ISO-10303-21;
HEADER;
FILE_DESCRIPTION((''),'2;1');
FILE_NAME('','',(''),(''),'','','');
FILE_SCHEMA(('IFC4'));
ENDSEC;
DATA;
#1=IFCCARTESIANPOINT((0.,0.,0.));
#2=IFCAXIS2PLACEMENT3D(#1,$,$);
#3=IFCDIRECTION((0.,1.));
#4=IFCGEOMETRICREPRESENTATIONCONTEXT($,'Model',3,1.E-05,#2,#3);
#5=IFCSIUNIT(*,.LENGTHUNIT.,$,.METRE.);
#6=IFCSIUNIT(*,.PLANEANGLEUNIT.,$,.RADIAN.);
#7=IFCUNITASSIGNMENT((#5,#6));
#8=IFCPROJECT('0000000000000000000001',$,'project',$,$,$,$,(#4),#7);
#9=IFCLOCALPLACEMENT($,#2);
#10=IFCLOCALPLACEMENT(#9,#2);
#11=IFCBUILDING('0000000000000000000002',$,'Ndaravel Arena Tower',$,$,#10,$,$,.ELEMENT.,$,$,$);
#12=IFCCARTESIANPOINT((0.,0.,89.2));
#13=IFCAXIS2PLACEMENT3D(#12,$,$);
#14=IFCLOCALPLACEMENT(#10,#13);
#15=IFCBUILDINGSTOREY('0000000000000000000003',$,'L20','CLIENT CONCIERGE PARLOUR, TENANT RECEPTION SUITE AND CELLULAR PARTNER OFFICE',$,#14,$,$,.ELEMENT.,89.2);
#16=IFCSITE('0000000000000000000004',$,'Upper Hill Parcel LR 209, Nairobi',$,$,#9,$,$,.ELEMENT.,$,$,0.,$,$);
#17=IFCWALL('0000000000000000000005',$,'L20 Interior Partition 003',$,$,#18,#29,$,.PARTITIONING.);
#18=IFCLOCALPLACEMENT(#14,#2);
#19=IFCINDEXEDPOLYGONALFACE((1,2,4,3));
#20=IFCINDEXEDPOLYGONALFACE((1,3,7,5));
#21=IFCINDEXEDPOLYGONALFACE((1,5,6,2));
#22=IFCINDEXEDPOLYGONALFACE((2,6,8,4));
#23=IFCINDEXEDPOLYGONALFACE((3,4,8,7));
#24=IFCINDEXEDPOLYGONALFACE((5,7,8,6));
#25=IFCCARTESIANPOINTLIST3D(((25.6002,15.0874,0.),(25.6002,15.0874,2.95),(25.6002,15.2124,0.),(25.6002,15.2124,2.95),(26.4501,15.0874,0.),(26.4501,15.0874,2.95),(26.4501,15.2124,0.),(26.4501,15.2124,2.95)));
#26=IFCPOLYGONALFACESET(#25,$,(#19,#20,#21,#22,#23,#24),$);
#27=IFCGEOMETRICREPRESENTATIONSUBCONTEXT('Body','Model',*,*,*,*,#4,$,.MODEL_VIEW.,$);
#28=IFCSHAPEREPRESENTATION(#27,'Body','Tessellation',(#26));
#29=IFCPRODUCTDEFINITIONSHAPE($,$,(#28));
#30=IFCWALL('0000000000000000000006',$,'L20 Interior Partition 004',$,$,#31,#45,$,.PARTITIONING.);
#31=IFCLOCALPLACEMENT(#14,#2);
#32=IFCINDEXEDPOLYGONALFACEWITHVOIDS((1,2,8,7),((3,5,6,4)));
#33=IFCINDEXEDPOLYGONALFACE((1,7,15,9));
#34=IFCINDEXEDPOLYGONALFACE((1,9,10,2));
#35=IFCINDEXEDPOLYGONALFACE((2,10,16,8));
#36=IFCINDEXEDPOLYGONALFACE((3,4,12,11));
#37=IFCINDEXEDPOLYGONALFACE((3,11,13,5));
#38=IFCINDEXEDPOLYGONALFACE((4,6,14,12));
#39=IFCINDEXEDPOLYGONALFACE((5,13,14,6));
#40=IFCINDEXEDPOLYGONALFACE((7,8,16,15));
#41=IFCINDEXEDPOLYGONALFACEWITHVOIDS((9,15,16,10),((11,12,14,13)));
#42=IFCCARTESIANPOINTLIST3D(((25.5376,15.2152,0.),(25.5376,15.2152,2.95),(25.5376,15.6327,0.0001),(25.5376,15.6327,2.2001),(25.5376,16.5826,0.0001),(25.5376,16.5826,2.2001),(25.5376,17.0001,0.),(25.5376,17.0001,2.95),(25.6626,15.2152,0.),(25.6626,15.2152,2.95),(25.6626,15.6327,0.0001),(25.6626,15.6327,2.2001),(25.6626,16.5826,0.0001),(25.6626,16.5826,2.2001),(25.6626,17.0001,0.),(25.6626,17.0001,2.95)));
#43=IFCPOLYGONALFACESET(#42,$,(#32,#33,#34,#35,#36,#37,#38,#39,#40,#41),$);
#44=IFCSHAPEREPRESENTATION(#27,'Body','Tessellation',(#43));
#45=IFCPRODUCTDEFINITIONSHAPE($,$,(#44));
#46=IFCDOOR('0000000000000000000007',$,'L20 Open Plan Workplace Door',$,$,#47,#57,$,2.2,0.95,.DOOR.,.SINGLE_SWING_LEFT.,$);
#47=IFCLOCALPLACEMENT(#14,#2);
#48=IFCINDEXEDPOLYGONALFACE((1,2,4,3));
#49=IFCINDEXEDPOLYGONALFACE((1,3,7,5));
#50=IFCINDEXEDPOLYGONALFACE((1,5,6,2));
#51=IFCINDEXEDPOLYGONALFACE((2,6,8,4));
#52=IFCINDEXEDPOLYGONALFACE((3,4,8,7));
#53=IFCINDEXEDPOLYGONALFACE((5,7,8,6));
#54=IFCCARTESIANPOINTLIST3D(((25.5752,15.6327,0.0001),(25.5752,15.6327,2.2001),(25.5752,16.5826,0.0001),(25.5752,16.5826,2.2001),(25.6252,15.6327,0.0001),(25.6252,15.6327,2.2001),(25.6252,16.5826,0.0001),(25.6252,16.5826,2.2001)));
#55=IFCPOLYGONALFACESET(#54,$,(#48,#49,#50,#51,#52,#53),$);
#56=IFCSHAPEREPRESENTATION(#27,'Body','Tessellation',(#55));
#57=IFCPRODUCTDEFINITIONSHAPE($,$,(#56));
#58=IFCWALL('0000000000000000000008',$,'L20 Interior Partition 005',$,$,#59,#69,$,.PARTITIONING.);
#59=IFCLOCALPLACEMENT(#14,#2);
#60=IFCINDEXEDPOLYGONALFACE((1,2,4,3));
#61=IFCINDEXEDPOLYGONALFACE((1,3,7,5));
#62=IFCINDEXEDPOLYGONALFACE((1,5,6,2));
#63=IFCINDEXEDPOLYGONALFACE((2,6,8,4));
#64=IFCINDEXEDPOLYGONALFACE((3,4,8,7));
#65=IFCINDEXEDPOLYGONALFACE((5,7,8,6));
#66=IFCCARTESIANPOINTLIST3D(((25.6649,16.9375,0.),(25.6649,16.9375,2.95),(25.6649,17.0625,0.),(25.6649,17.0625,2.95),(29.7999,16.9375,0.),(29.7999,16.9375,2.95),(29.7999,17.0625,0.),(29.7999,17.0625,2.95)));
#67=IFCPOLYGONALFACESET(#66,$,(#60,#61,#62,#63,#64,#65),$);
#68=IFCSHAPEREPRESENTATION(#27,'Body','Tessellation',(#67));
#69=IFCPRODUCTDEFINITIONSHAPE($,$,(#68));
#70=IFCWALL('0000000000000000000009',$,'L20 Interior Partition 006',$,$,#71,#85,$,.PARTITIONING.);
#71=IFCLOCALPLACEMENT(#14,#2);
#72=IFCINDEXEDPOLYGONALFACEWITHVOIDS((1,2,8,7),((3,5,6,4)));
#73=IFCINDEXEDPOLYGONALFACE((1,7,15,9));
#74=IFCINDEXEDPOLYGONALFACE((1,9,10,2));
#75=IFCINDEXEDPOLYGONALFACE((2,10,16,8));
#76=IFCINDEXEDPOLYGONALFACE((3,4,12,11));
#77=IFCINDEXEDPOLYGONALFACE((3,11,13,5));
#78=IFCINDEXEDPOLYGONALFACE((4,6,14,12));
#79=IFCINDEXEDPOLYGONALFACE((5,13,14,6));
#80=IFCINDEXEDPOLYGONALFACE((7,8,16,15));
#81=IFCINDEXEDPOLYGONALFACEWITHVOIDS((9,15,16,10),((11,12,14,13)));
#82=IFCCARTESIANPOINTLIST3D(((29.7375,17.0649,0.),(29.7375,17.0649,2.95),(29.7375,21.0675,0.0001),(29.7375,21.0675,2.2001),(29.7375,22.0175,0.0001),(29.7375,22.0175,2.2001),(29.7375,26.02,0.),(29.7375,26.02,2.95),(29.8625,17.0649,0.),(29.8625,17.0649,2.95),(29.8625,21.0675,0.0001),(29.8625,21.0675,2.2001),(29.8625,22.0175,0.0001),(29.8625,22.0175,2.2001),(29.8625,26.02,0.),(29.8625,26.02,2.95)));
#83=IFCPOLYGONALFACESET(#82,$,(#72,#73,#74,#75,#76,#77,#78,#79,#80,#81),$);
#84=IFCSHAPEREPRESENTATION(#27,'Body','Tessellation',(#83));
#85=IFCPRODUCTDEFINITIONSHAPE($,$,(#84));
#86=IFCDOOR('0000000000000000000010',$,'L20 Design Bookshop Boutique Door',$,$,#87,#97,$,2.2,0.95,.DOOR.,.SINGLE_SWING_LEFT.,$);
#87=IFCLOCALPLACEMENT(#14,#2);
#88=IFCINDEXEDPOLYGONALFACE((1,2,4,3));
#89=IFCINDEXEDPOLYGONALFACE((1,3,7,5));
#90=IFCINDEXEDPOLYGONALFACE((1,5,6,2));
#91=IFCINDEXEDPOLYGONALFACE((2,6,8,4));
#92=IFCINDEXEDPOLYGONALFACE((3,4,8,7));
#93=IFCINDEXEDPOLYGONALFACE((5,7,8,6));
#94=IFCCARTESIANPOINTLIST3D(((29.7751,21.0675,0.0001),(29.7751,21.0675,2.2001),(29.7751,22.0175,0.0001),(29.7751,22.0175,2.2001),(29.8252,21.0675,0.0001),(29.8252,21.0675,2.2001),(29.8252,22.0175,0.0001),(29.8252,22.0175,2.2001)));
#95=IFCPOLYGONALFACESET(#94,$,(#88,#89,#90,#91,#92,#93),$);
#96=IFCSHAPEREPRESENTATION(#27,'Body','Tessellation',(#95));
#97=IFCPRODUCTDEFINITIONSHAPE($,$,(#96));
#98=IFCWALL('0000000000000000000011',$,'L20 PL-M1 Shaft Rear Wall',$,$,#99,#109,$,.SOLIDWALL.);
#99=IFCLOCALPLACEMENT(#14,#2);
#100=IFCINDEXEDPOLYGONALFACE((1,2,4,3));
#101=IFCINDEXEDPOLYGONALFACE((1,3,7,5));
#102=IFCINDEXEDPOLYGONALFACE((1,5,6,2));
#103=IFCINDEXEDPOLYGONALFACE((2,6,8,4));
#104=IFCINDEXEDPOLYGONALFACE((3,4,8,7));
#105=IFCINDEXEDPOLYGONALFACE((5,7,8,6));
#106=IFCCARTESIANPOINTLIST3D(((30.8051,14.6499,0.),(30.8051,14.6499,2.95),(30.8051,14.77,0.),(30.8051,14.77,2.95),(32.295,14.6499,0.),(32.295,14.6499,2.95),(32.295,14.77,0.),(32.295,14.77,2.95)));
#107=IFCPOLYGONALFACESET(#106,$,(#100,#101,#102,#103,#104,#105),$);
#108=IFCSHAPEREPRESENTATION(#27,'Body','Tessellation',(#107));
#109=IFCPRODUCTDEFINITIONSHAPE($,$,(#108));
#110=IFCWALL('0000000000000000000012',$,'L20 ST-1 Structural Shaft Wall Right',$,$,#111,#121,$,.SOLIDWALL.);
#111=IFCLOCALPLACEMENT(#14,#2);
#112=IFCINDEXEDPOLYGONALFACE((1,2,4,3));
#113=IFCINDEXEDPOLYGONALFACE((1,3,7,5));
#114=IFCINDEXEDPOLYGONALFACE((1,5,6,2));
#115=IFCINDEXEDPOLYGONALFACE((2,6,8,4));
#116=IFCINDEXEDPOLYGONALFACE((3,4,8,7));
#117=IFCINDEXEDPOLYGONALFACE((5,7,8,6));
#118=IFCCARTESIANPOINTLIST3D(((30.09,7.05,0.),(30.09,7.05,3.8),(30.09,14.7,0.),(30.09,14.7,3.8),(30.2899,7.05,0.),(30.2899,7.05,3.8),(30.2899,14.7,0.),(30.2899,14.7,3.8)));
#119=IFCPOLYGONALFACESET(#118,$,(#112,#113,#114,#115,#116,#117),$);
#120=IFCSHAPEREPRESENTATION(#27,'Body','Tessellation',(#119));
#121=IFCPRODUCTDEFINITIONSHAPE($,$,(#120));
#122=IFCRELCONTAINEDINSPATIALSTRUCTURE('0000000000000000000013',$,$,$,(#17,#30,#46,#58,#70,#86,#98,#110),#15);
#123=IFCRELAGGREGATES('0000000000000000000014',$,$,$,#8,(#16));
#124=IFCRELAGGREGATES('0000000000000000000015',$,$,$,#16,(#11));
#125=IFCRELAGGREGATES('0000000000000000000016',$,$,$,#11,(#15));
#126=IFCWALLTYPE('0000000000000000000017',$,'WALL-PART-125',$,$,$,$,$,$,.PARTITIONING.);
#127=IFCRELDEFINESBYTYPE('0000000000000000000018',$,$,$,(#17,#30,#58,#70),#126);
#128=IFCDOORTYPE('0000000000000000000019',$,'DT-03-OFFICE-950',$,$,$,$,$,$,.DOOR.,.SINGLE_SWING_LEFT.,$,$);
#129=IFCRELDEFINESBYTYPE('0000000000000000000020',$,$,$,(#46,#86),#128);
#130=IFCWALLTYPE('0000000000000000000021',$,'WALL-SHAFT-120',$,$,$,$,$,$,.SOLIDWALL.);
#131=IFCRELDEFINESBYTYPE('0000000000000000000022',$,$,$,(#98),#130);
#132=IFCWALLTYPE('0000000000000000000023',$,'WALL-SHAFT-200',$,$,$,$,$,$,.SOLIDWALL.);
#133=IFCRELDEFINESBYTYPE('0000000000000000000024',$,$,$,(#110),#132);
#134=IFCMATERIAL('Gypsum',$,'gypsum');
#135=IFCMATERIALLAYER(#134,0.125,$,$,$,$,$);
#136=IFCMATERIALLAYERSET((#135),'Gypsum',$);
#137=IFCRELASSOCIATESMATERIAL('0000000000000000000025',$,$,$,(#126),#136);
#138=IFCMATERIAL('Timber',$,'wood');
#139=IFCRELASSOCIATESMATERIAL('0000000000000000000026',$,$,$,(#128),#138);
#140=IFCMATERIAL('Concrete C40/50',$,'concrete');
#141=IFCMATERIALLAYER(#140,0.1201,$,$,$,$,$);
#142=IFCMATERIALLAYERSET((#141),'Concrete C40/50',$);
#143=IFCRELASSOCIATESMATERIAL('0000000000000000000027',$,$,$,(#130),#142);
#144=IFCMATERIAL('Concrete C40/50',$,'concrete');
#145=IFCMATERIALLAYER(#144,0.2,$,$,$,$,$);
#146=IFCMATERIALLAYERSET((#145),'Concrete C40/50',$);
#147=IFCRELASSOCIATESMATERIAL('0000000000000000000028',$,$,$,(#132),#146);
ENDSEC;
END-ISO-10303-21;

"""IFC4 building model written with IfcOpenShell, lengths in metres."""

from ifc_helpers import new_model, si_unit, direction, frame, frame_2d, origin, place, context, subcontext, project, spatial, rectangle, extrude, material, layer, layer_set, type_object, element, fill, save


model = new_model("IFC4")

# Units and contexts
model_context = context("Model", 3, precision=1e-05, world=origin(), true_north=direction((0.0, 1.0)))
body_context = subcontext(model_context, "Body", "Model", "MODEL_VIEW")
ifc_project = project(units=[si_unit("LENGTHUNIT", "METRE"), si_unit("PLANEANGLEUNIT", "RADIAN")], contexts=[model_context])

# Site, building, storey
site_placement = place(None, origin())
site = spatial("IfcSite", under=ifc_project, at=site_placement, Name="Upper Hill Parcel LR 209, Nairobi", CompositionType="ELEMENT", RefElevation=0.0)
building_placement = place(site_placement, origin())
building = spatial("IfcBuilding", under=site, at=building_placement, Name="Ndaravel Arena Tower", CompositionType="ELEMENT")
storey_placement = place(building_placement, frame((0.0, 0.0, 89.2)))
storey = spatial("IfcBuildingStorey", under=building, at=storey_placement, Name="L20", Description="CLIENT CONCIERGE PARLOUR, TENANT RECEPTION SUITE AND CELLULAR PARTNER OFFICE", CompositionType="ELEMENT", Elevation=89.2)

# Wall
ifc_material_1 = material(Name="Gypsum", Category="gypsum")
ifc_layer_1 = layer(ifc_material_1, 0.125)
ifc_layer_set_1 = layer_set([ifc_layer_1], Name="Gypsum")
wall_type_1 = type_object("IfcWallType", Name="WALL-PART-125", PredefinedType="PARTITIONING", material=ifc_layer_set_1)
wall_1_placement = place(storey_placement, frame((26.45, 15.1499, 0.0), z_axis=(0.0, 0.0, 1.0), x_axis=(-1.0, 0.0, 0.0)))
element("IfcWall", 1, at=wall_1_placement, inside=storey, type_object=wall_type_1, Name="L20 Interior Partition 003", PredefinedType="PARTITIONING", context=body_context, shape_type="SweptSolid", body=[
    extrude(rectangle(XDim=0.8499, YDim=0.125, at=frame_2d((0.4248, 0.0))), origin(), (0.0, 0.0, 1.0), 2.95),
])

# Wall, opening, door
wall_2_placement = place(storey_placement, frame((25.6001, 15.2151, 0.0), z_axis=(0.0, 0.0, 1.0), x_axis=(0.0, 1.0, 0.0)))
wall_2 = element("IfcWall", 2, at=wall_2_placement, inside=storey, type_object=wall_type_1, Name="L20 Interior Partition 004", PredefinedType="PARTITIONING", context=body_context, shape_type="SweptSolid", body=[
    extrude(rectangle(XDim=1.7849, YDim=0.125, at=frame_2d((0.8926, 0.0))), origin(), (0.0, 0.0, 1.0), 2.95),
])
opening_1_placement = place(wall_2_placement, frame((0.4175, 0.0, 0.0)))
opening_1 = element("IfcOpeningElement", 3, at=opening_1_placement, cuts=wall_2, PredefinedType="OPENING", context=body_context, shape_type="SweptSolid", body=[
    extrude(rectangle(XDim=0.95, YDim=2.2, at=frame_2d((0.4751, 1.1001))), frame((0.0, 0.0625, 0.0), z_axis=(0.0, -1.0, 0.0), x_axis=(1.0, 0.0, 0.0)), (0.0, 0.0, 1.0), 0.125),
])
ifc_material_2 = material(Name="Timber", Category="wood")
door_type_1 = type_object("IfcDoorType", Name="DT-03-OFFICE-950", OperationType="SINGLE_SWING_LEFT", PredefinedType="DOOR", material=ifc_material_2)
door_1_placement = place(opening_1_placement, origin())
door_1 = element("IfcDoor", 4, at=door_1_placement, inside=storey, type_object=door_type_1, Name="L20 Open Plan Workplace Door", OperationType="SINGLE_SWING_LEFT", OverallHeight=2.2, OverallWidth=0.95, PredefinedType="DOOR", context=body_context, shape_type="SweptSolid", body=[
    extrude(rectangle(XDim=0.95, YDim=2.2, at=frame_2d((0.4751, 1.1001))), frame((0.0, 0.0249, 0.0), z_axis=(0.0, -1.0, 0.0), x_axis=(1.0, 0.0, 0.0)), (0.0, 0.0, 1.0), 0.05),
])
fill(opening_1, door_1)

# Wall
wall_3_placement = place(storey_placement, frame((25.665, 17.0, 0.0), z_axis=(0.0, 0.0, 1.0), x_axis=(1.0, 0.0, 0.0)))
element("IfcWall", 5, at=wall_3_placement, inside=storey, type_object=wall_type_1, Name="L20 Interior Partition 005", PredefinedType="PARTITIONING", context=body_context, shape_type="SweptSolid", body=[
    extrude(rectangle(XDim=4.135, YDim=0.125, at=frame_2d((2.0674, 0.0))), origin(), (0.0, 0.0, 1.0), 2.95),
])

# Wall, opening, door
wall_4_placement = place(storey_placement, frame((29.8, 17.0649, 0.0), z_axis=(0.0, 0.0, 1.0), x_axis=(0.0, 1.0, 0.0)))
wall_4 = element("IfcWall", 6, at=wall_4_placement, inside=storey, type_object=wall_type_1, Name="L20 Interior Partition 006", PredefinedType="PARTITIONING", context=body_context, shape_type="SweptSolid", body=[
    extrude(rectangle(XDim=8.9551, YDim=0.125, at=frame_2d((4.4775, 0.0))), origin(), (0.0, 0.0, 1.0), 2.95),
])
opening_2_placement = place(wall_4_placement, frame((4.0024, 0.0, 0.0)))
opening_2 = element("IfcOpeningElement", 7, at=opening_2_placement, cuts=wall_4, PredefinedType="OPENING", context=body_context, shape_type="SweptSolid", body=[
    extrude(rectangle(XDim=0.95, YDim=2.2, at=frame_2d((0.4751, 1.1001))), frame((0.0, 0.0625, 0.0), z_axis=(0.0, -1.0, 0.0), x_axis=(1.0, 0.0, 0.0)), (0.0, 0.0, 1.0), 0.125),
])
door_2_placement = place(opening_2_placement, origin())
door_2 = element("IfcDoor", 8, at=door_2_placement, inside=storey, type_object=door_type_1, Name="L20 Design Bookshop Boutique Door", OperationType="SINGLE_SWING_LEFT", OverallHeight=2.2, OverallWidth=0.95, PredefinedType="DOOR", context=body_context, shape_type="SweptSolid", body=[
    extrude(rectangle(XDim=0.95, YDim=2.2, at=frame_2d((0.4751, 1.1001))), frame((0.0, 0.0249, 0.0), z_axis=(0.0, -1.0, 0.0), x_axis=(1.0, 0.0, 0.0)), (0.0, 0.0, 1.0), 0.05),
])
fill(opening_2, door_2)

# Walls
ifc_material_3 = material(Name="Concrete C40/50", Category="concrete")
ifc_layer_2 = layer(ifc_material_3, 0.1201)
ifc_layer_set_2 = layer_set([ifc_layer_2], Name="Concrete C40/50")
wall_type_2 = type_object("IfcWallType", Name="WALL-SHAFT-120", PredefinedType="SOLIDWALL", material=ifc_layer_set_2)
wall_5_placement = place(storey_placement, frame((30.8049, 14.71, 0.0), z_axis=(0.0, 0.0, 1.0), x_axis=(1.0, 0.0, 0.0)))
element("IfcWall", 9, at=wall_5_placement, inside=storey, type_object=wall_type_2, Name="L20 PL-M1 Shaft Rear Wall", PredefinedType="SOLIDWALL", context=body_context, shape_type="SweptSolid", body=[
    extrude(rectangle(XDim=1.49, YDim=0.1201, at=frame_2d((0.7451, 0.0))), origin(), (0.0, 0.0, 1.0), 2.95),
])
ifc_material_4 = material(Name="Concrete C40/50", Category="concrete")
ifc_layer_3 = layer(ifc_material_4, 0.2)
ifc_layer_set_3 = layer_set([ifc_layer_3], Name="Concrete C40/50")
wall_type_3 = type_object("IfcWallType", Name="WALL-SHAFT-200", PredefinedType="SOLIDWALL", material=ifc_layer_set_3)
wall_6_placement = place(storey_placement, frame((30.1899, 14.7, 0.0), z_axis=(0.0, 0.0, 1.0), x_axis=(0.0, -1.0, 0.0)))
element("IfcWall", 10, at=wall_6_placement, inside=storey, type_object=wall_type_3, Name="L20 ST-1 Structural Shaft Wall Right", PredefinedType="SOLIDWALL", context=body_context, shape_type="SweptSolid", body=[
    extrude(rectangle(XDim=7.6499, YDim=0.2, at=frame_2d((3.825, 0.0))), origin(), (0.0, 0.0, 1.0), 3.8),
])

save(model, "model.ifc")
